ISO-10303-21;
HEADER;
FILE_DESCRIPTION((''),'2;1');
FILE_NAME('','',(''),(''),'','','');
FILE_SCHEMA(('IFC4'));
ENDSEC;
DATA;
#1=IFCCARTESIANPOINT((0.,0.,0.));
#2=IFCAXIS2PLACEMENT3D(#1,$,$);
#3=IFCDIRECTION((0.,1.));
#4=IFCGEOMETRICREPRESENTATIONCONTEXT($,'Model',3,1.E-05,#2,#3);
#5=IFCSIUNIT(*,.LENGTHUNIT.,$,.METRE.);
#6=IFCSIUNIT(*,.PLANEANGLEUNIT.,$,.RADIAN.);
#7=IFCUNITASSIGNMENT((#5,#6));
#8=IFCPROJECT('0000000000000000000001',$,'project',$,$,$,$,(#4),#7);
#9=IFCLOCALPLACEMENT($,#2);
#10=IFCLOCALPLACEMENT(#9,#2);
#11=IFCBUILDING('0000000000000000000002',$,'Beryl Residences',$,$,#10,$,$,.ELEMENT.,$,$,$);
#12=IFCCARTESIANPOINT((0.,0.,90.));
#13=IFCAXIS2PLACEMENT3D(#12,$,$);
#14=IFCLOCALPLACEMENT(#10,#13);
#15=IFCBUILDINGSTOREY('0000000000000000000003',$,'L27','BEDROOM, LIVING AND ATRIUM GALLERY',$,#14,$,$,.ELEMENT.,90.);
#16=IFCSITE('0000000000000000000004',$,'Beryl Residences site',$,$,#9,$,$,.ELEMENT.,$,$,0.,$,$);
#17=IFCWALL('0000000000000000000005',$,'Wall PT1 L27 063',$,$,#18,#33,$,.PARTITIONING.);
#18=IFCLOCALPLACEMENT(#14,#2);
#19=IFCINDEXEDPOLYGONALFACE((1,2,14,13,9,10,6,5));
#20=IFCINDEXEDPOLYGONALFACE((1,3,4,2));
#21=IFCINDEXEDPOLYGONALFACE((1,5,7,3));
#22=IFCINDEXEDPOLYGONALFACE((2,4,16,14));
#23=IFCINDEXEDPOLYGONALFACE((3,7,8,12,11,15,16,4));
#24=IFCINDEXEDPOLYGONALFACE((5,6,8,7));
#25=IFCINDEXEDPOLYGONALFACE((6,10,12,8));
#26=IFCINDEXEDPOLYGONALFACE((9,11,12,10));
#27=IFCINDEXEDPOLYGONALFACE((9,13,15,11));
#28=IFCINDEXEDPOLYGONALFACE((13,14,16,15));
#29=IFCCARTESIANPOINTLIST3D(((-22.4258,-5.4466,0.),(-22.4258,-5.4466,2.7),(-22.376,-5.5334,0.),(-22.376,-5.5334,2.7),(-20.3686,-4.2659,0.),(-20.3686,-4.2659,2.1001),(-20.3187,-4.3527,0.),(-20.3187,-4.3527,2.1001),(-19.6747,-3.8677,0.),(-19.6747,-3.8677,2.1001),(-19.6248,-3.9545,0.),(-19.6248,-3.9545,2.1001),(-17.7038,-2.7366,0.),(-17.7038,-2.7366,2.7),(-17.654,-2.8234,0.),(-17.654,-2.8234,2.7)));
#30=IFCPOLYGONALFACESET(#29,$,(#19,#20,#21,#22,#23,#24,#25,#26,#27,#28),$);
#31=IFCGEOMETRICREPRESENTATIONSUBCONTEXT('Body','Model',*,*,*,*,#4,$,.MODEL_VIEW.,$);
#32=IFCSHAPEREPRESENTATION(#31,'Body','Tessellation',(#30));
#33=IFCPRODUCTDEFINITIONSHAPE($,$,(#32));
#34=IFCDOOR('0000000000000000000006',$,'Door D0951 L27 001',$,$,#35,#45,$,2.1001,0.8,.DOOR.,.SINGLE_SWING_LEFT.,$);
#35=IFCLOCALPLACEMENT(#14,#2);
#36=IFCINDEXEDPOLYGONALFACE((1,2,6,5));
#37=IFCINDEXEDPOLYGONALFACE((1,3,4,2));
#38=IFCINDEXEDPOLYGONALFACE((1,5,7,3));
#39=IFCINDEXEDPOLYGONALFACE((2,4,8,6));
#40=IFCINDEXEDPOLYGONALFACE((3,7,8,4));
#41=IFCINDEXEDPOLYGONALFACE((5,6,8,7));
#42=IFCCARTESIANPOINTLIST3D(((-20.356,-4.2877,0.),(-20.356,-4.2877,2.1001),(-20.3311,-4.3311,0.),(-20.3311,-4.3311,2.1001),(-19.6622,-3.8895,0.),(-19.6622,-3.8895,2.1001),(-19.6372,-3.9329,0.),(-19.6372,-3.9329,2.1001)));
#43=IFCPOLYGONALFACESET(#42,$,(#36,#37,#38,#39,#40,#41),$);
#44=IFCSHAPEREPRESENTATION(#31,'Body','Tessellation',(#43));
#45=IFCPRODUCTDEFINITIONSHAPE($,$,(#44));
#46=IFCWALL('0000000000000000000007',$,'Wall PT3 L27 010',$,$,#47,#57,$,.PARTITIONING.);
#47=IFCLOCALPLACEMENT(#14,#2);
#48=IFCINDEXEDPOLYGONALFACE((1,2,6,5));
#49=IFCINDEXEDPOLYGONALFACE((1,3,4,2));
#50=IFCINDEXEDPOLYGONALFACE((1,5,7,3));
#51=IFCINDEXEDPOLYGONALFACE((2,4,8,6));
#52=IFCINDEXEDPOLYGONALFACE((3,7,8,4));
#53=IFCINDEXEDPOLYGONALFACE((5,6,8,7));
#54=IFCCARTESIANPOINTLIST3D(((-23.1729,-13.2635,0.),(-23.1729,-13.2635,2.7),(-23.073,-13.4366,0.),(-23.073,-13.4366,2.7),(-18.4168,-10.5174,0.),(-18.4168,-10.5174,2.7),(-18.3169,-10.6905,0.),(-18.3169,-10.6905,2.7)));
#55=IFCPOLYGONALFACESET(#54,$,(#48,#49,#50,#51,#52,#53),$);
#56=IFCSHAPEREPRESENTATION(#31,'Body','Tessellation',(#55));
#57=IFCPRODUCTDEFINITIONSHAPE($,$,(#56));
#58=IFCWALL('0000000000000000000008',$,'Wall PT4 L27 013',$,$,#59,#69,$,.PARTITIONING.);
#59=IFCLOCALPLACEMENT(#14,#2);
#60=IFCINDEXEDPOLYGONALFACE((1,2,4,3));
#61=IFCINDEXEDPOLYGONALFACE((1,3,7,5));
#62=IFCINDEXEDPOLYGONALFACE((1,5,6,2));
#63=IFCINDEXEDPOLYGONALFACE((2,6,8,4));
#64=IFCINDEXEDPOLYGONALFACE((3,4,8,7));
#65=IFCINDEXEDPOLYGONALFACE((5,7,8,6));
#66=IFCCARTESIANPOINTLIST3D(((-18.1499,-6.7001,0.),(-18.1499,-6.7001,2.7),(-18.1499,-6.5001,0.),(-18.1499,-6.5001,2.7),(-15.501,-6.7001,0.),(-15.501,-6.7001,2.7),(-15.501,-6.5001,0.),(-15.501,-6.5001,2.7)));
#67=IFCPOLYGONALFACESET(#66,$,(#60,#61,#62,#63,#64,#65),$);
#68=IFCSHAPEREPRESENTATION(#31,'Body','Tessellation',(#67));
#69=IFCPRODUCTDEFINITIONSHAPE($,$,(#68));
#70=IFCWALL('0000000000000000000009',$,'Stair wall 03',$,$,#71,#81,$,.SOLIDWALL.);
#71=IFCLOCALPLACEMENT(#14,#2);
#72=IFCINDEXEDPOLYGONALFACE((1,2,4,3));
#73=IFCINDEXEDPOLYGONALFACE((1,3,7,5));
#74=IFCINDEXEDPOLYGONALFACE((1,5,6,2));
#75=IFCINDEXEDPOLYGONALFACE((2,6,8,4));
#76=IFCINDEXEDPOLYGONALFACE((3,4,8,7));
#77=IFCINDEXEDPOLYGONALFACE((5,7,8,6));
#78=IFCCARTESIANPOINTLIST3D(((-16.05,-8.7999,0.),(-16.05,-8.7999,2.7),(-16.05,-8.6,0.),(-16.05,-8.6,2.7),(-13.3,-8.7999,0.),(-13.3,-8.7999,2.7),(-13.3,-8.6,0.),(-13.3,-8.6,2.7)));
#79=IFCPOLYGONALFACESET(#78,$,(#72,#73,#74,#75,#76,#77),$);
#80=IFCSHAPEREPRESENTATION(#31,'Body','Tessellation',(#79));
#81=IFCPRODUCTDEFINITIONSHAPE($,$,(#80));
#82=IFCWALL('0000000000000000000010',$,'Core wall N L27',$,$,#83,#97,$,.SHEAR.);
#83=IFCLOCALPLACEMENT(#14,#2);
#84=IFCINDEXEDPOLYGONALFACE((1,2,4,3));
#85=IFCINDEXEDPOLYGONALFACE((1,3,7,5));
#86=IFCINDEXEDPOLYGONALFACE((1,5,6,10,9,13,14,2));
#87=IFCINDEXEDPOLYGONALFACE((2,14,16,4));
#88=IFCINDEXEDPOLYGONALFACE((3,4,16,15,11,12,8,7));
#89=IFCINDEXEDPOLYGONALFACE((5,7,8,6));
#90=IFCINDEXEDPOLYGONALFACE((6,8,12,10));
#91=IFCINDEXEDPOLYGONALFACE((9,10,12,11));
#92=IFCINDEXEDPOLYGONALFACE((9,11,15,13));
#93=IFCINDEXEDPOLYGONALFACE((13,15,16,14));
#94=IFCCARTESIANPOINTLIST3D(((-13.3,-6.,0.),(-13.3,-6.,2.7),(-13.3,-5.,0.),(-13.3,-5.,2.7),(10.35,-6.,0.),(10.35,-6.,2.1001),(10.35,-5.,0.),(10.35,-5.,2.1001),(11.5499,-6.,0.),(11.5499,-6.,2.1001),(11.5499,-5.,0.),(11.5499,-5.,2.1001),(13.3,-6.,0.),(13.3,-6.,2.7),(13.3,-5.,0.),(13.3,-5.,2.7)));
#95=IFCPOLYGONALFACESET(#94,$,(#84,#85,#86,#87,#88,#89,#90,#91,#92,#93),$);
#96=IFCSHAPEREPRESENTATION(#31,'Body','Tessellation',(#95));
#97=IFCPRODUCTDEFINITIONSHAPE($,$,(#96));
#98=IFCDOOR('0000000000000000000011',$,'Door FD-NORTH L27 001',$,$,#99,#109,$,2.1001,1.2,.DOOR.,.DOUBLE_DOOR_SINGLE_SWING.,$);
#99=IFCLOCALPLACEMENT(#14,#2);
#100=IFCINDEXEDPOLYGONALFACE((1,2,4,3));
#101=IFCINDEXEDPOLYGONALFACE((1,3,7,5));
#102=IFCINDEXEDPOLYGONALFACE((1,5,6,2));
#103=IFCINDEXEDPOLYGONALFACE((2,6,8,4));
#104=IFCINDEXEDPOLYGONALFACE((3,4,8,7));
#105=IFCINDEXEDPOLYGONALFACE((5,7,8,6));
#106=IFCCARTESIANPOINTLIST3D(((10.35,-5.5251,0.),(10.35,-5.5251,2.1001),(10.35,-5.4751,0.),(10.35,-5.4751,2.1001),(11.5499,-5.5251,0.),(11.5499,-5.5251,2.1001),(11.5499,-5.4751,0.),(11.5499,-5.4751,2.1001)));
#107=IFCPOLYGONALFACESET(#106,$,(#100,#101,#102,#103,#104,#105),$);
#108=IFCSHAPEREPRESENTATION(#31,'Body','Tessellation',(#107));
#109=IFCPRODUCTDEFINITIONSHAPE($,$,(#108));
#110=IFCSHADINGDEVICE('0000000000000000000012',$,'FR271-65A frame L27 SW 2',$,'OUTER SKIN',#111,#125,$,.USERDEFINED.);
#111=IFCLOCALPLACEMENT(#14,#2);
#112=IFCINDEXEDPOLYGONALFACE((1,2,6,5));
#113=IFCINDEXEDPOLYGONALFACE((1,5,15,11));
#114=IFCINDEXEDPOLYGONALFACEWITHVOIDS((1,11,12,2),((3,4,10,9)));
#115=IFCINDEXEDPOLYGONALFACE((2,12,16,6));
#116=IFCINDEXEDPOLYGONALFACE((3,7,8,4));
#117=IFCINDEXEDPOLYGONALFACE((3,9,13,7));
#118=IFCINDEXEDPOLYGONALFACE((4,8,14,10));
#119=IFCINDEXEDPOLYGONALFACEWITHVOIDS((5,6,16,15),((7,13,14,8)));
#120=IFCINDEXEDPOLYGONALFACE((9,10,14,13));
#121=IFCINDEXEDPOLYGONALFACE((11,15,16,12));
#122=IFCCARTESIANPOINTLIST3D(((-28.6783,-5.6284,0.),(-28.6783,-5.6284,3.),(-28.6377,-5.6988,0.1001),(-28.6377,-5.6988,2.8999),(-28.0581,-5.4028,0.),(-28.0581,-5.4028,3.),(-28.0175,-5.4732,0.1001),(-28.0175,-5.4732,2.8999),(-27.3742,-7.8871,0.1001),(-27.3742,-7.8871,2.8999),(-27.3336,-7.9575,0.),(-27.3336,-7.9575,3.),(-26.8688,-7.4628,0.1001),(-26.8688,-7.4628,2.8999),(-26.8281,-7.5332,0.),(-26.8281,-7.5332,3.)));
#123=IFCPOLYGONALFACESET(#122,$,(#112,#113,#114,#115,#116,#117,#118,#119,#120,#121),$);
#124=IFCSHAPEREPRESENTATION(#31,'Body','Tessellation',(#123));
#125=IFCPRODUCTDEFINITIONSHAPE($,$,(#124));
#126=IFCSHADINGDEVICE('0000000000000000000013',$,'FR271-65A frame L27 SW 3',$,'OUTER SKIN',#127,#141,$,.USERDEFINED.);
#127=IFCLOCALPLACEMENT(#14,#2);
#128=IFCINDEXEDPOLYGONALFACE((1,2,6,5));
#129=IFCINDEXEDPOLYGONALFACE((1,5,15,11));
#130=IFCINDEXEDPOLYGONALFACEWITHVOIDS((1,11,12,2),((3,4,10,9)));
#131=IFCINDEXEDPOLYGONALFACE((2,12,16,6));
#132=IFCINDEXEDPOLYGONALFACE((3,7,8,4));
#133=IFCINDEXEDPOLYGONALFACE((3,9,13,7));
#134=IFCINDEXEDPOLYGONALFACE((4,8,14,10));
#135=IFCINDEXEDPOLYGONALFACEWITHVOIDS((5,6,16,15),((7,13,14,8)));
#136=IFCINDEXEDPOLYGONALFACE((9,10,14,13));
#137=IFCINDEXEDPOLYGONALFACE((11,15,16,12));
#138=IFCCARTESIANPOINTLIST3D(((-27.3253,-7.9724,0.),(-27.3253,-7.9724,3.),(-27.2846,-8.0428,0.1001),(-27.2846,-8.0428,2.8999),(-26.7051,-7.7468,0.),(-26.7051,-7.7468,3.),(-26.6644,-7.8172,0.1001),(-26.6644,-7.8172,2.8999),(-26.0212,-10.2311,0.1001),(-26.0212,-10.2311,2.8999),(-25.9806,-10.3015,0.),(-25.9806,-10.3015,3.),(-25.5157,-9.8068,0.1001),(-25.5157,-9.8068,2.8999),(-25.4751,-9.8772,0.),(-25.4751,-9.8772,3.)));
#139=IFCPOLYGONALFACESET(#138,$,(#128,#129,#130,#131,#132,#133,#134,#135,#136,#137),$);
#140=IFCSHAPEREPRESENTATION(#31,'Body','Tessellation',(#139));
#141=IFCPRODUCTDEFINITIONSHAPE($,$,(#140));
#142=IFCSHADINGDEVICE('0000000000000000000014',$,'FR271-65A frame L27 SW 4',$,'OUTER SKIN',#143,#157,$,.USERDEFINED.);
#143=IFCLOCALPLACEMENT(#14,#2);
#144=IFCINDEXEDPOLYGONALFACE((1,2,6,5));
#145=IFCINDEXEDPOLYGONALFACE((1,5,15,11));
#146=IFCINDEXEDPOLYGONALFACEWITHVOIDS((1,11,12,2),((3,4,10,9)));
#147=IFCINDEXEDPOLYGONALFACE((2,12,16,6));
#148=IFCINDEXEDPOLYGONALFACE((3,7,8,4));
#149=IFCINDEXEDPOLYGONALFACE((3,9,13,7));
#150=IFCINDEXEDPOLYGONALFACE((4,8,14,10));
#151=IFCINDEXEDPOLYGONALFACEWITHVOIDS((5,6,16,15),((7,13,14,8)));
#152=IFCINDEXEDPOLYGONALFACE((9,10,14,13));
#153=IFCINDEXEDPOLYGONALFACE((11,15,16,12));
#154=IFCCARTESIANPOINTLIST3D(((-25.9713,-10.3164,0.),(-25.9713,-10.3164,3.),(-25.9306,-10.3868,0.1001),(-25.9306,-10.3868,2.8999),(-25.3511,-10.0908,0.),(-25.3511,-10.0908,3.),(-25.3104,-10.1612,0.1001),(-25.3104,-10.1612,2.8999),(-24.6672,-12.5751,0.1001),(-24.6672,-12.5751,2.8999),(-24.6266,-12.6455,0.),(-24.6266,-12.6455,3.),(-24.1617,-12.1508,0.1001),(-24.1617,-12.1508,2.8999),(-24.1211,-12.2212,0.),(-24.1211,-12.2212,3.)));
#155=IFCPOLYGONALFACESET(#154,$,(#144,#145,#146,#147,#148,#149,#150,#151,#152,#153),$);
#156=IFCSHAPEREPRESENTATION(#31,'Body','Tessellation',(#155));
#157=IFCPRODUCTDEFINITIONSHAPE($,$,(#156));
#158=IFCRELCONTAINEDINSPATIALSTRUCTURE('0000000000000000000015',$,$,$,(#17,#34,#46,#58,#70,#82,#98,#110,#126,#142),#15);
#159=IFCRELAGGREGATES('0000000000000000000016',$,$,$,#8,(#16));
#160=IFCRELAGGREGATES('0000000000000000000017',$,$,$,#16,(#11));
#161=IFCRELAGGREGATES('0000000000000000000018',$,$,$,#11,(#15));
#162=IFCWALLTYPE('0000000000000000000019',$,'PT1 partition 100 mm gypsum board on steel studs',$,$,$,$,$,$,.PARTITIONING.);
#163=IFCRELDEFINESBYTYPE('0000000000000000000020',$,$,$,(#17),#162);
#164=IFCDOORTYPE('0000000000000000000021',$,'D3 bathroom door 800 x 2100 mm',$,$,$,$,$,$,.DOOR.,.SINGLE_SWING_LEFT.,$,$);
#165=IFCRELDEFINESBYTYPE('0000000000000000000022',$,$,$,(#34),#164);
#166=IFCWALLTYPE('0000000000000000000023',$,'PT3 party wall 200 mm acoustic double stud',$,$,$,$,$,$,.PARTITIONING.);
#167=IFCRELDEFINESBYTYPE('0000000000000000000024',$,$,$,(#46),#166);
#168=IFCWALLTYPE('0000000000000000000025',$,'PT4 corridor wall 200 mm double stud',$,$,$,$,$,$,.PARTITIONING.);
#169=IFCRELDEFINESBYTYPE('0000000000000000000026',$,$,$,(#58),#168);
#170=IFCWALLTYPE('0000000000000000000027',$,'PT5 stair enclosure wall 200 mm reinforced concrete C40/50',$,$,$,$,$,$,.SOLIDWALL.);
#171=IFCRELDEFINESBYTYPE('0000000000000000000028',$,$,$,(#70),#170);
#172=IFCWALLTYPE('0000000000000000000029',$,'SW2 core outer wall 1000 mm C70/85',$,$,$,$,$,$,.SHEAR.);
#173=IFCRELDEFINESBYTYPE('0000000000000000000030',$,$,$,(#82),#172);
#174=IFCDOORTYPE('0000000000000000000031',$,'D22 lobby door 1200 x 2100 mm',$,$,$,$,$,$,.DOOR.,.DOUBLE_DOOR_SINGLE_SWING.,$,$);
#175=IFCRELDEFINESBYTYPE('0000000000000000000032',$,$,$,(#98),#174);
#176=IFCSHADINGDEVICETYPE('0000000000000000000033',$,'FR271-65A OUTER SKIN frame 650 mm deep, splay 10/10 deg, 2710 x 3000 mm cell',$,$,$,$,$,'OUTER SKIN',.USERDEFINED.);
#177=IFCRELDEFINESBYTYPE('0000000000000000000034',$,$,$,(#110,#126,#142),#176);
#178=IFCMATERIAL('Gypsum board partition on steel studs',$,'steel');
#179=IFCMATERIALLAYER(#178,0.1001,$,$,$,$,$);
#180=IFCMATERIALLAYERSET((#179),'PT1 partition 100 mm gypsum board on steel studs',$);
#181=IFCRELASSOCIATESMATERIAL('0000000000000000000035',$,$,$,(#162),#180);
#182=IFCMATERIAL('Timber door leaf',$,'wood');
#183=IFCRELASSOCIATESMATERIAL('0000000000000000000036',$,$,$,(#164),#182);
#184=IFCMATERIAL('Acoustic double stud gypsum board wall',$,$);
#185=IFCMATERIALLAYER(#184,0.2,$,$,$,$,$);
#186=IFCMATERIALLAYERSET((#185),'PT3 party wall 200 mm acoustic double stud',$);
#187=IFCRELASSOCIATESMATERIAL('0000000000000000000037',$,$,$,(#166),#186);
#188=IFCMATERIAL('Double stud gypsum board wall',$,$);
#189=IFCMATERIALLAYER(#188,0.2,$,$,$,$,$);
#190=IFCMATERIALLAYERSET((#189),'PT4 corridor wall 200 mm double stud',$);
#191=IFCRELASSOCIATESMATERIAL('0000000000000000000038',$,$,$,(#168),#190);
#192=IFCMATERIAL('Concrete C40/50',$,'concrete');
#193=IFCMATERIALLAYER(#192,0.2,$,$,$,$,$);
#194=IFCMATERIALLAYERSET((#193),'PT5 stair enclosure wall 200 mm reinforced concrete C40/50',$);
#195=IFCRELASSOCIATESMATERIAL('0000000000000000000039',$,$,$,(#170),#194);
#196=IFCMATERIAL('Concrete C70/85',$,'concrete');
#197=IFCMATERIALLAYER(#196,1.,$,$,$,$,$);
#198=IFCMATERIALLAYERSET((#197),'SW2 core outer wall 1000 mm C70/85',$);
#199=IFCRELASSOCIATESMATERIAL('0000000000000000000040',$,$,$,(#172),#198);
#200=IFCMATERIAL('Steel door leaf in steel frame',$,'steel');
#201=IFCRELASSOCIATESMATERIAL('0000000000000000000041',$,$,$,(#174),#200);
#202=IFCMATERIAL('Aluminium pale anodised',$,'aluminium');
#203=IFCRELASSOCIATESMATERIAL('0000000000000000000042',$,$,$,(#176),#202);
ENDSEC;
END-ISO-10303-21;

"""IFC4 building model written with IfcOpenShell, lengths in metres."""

from ifc_helpers import new_model, entity, si_unit, direction, frame, frame_2d, origin, place, context, subcontext, project, spatial, rectangle, extrude, source, transform, mapped, material, layer, layer_set, type_object, type_shapes, element, fill, save


model = new_model("IFC4")

# Units and contexts
model_context = context("Model", 3, precision=1e-05, world=origin(), true_north=direction((0.0, 1.0)))
body_context = subcontext(model_context, "Body", "Model", "MODEL_VIEW")
ifc_project = project(units=[si_unit("LENGTHUNIT", "METRE"), si_unit("PLANEANGLEUNIT", "RADIAN")], contexts=[model_context])

# Site, building, storey
site_placement = place(None, origin())
site = spatial("IfcSite", under=ifc_project, at=site_placement, Name="Beryl Residences site", CompositionType="ELEMENT", RefElevation=0.0)
building_placement = place(site_placement, origin())
building = spatial("IfcBuilding", under=site, at=building_placement, Name="Beryl Residences", CompositionType="ELEMENT")
storey_placement = place(building_placement, frame((0.0, 0.0, 90.0)))
storey = spatial("IfcBuildingStorey", under=building, at=storey_placement, Name="L27", Description="BEDROOM, LIVING AND ATRIUM GALLERY", CompositionType="ELEMENT", Elevation=90.0)

# Shared definitions
ifc_material_1 = material(Name="Gypsum board partition on steel studs", Category="steel")
ifc_layer_1 = layer(ifc_material_1, 0.1001)
ifc_layer_set_1 = layer_set([ifc_layer_1], Name="PT1 partition 100 mm gypsum board on steel studs")
wall_type_1 = type_object("IfcWallType", Name="PT1 partition 100 mm gypsum board on steel studs", PredefinedType="PARTITIONING", material=ifc_layer_set_1)

# Shared definitions
ifc_material_2 = material(Name="Timber door leaf", Category="wood")
door_type_1 = type_object("IfcDoorType", Name="D3 bathroom door 800 x 2100 mm", OperationType="SINGLE_SWING_LEFT", PredefinedType="DOOR", material=ifc_material_2)

# Wall, opening, door
wall_1_placement = place(storey_placement, frame((-22.4009, -5.49, 0.0), z_axis=(0.0, 0.0, 1.0), x_axis=(0.867314, 0.497761, 0.0)))
wall_1 = element("IfcWall", 1, at=wall_1_placement, inside=storey, type_object=wall_type_1, Name="Wall PT1 L27 063", PredefinedType="PARTITIONING", context=body_context, shape_type="SweptSolid", body=[
    extrude(rectangle(XDim=5.4443, YDim=0.1001, at=frame_2d((2.7222, 0.0))), origin(), (0.0, 0.0, 1.0), 2.7),
])
opening_1_placement = place(wall_1_placement, frame((2.3721, 0.0, 0.0)))
opening_1 = element("IfcOpeningElement", 2, at=opening_1_placement, cuts=wall_1, PredefinedType="OPENING", context=body_context, shape_type="SweptSolid", body=[
    extrude(rectangle(XDim=0.8, YDim=2.1001, at=frame_2d((0.3999, 1.05))), frame((0.0, 0.0601, 0.0), z_axis=(0.0, -1.0, 0.0), x_axis=(1.0, 0.0, 0.0)), (0.0, 0.0, 1.0), 0.1201),
])
door_1_placement = place(opening_1_placement, origin())
door_1 = element("IfcDoor", 3, at=door_1_placement, inside=storey, type_object=door_type_1, Name="Door D0951 L27 001", OperationType="SINGLE_SWING_LEFT", OverallHeight=2.1001, OverallWidth=0.8, PredefinedType="DOOR", context=body_context, shape_type="SweptSolid", body=[
    extrude(rectangle(XDim=0.8, YDim=2.1001, at=frame_2d((0.3999, 1.05))), frame((0.0, 0.0249, 0.0), z_axis=(0.0, -1.0, 0.0), x_axis=(1.0, 0.0, 0.0)), (0.0, 0.0, 1.0), 0.05),
])
fill(opening_1, door_1)

# Walls
ifc_material_3 = material(Name="Acoustic double stud gypsum board wall")
ifc_layer_2 = layer(ifc_material_3, 0.2)
ifc_layer_set_2 = layer_set([ifc_layer_2], Name="PT3 party wall 200 mm acoustic double stud")
wall_type_2 = type_object("IfcWallType", Name="PT3 party wall 200 mm acoustic double stud", PredefinedType="PARTITIONING", material=ifc_layer_set_2)
wall_2_placement = place(storey_placement, frame((-23.123, -13.3501, 0.0), z_axis=(0.0, 0.0, 1.0), x_axis=(0.866013, 0.500021, 0.0)))
element("IfcWall", 4, at=wall_2_placement, inside=storey, type_object=wall_type_2, Name="Wall PT3 L27 010", PredefinedType="PARTITIONING", context=body_context, shape_type="SweptSolid", body=[
    extrude(rectangle(XDim=5.4919, YDim=0.2, at=frame_2d((2.7461, 0.0))), origin(), (0.0, 0.0, 1.0), 2.7),
])
ifc_material_4 = material(Name="Double stud gypsum board wall")
ifc_layer_3 = layer(ifc_material_4, 0.2)
ifc_layer_set_3 = layer_set([ifc_layer_3], Name="PT4 corridor wall 200 mm double stud")
wall_type_3 = type_object("IfcWallType", Name="PT4 corridor wall 200 mm double stud", PredefinedType="PARTITIONING", material=ifc_layer_set_3)
wall_3_placement = place(storey_placement, frame((-18.1499, -6.6001, 0.0), z_axis=(0.0, 0.0, 1.0), x_axis=(1.0, 0.0, 0.0)))
element("IfcWall", 5, at=wall_3_placement, inside=storey, type_object=wall_type_3, Name="Wall PT4 L27 013", PredefinedType="PARTITIONING", context=body_context, shape_type="SweptSolid", body=[
    extrude(rectangle(XDim=2.6489, YDim=0.2, at=frame_2d((1.3245, 0.0))), origin(), (0.0, 0.0, 1.0), 2.7),
])
ifc_material_5 = material(Name="Concrete C40/50", Category="concrete")
ifc_layer_4 = layer(ifc_material_5, 0.2)
ifc_layer_set_4 = layer_set([ifc_layer_4], Name="PT5 stair enclosure wall 200 mm reinforced concrete C40/50")
wall_type_4 = type_object("IfcWallType", Name="PT5 stair enclosure wall 200 mm reinforced concrete C40/50", PredefinedType="SOLIDWALL", material=ifc_layer_set_4)
wall_4_placement = place(storey_placement, frame((-16.05, -8.7, 0.0), z_axis=(0.0, 0.0, 1.0), x_axis=(1.0, 0.0, 0.0)))
element("IfcWall", 6, at=wall_4_placement, inside=storey, type_object=wall_type_4, Name="Stair wall 03", PredefinedType="SOLIDWALL", context=body_context, shape_type="SweptSolid", body=[
    extrude(rectangle(XDim=2.75, YDim=0.2, at=frame_2d((1.375, 0.0))), origin(), (0.0, 0.0, 1.0), 2.7),
])

# Wall, opening, door
ifc_material_6 = material(Name="Concrete C70/85", Category="concrete")
ifc_layer_5 = layer(ifc_material_6, 1.0)
ifc_layer_set_5 = layer_set([ifc_layer_5], Name="SW2 core outer wall 1000 mm C70/85")
wall_type_5 = type_object("IfcWallType", Name="SW2 core outer wall 1000 mm C70/85", PredefinedType="SHEAR", material=ifc_layer_set_5)
wall_5_placement = place(storey_placement, frame((-13.3, -5.5, 0.0), z_axis=(0.0, 0.0, 1.0), x_axis=(1.0, 0.0, 0.0)))
wall_5 = element("IfcWall", 7, at=wall_5_placement, inside=storey, type_object=wall_type_5, Name="Core wall N L27", PredefinedType="SHEAR", context=body_context, shape_type="SweptSolid", body=[
    extrude(rectangle(XDim=26.6001, YDim=1.0, at=frame_2d((13.3, 0.0))), origin(), (0.0, 0.0, 1.0), 2.7),
])
opening_2_placement = place(wall_5_placement, frame((23.6499, 0.0, 0.0)))
opening_2 = element("IfcOpeningElement", 8, at=opening_2_placement, cuts=wall_5, PredefinedType="OPENING", context=body_context, shape_type="SweptSolid", body=[
    extrude(rectangle(XDim=1.2, YDim=2.1001, at=frame_2d((0.6001, 1.05))), frame((0.0, 0.51, 0.0), z_axis=(0.0, -1.0, 0.0), x_axis=(1.0, 0.0, 0.0)), (0.0, 0.0, 1.0), 1.02),
])
ifc_material_7 = material(Name="Steel door leaf in steel frame", Category="steel")
door_type_2 = type_object("IfcDoorType", Name="D22 lobby door 1200 x 2100 mm", OperationType="DOUBLE_DOOR_SINGLE_SWING", PredefinedType="DOOR", material=ifc_material_7)
door_2_placement = place(opening_2_placement, origin())
door_2 = element("IfcDoor", 9, at=door_2_placement, inside=storey, type_object=door_type_2, Name="Door FD-NORTH L27 001", OperationType="DOUBLE_DOOR_SINGLE_SWING", OverallHeight=2.1001, OverallWidth=1.2, PredefinedType="DOOR", context=body_context, shape_type="SweptSolid", body=[
    extrude(rectangle(XDim=1.2, YDim=2.1001, at=frame_2d((0.6001, 1.05))), frame((0.0, 0.0249, 0.0), z_axis=(0.0, -1.0, 0.0), x_axis=(1.0, 0.0, 0.0)), (0.0, 0.0, 1.0), 0.05),
])
fill(opening_2, door_2)

# Shading devices
ifc_material_8 = material(Name="Aluminium pale anodised", Category="aluminium")
shading_device_type = type_object("IfcShadingDeviceType", Name="FR271-65A OUTER SKIN frame 650 mm deep, splay 10/10 deg, 2710 x 3000 mm cell", ElementType="OUTER SKIN", PredefinedType="USERDEFINED", material=ifc_material_8)
cartesian_point_1 = entity("IfcCartesianPoint", [-1.23, 0.0])
cartesian_point_2 = entity("IfcCartesianPoint", [-1.1487, 0.1001])
cartesian_point_3 = entity("IfcCartesianPoint", [-1.3447, 0.0])
cartesian_point_4 = entity("IfcCartesianPoint", [-1.2634, 0.1001])
shared_shape = source(origin(), body_context, "Body", "SweptSolid", [
    entity("IfcExtrudedAreaSolidTapered", entity("IfcArbitraryProfileDefWithVoids", "AREA", None, entity("IfcPolyline", [cartesian_point_1, entity("IfcCartesianPoint", [1.23, 0.0]), entity("IfcCartesianPoint", [1.23, 3.0]), entity("IfcCartesianPoint", [-1.23, 3.0]), cartesian_point_1]), [entity("IfcPolyline", [cartesian_point_2, entity("IfcCartesianPoint", [1.1487, 0.1001]), entity("IfcCartesianPoint", [1.1487, 2.8999]), entity("IfcCartesianPoint", [-1.1487, 2.8999]), cartesian_point_2])]), entity("IfcAxis2Placement3D", entity("IfcCartesianPoint", [0.0, 0.0, 0.0]), entity("IfcDirection", [0.0, 1.0, 0.0]), entity("IfcDirection", [-1.0, 0.0, 0.0])), entity("IfcDirection", [0.0, 0.0, 1.0]), 0.6499, entity("IfcArbitraryProfileDefWithVoids", "AREA", None, entity("IfcPolyline", [cartesian_point_3, entity("IfcCartesianPoint", [1.3447, 0.0]), entity("IfcCartesianPoint", [1.3447, 3.0]), entity("IfcCartesianPoint", [-1.3447, 3.0]), cartesian_point_3]), [entity("IfcPolyline", [cartesian_point_4, entity("IfcCartesianPoint", [1.2634, 0.1001]), entity("IfcCartesianPoint", [1.2634, 2.8999]), entity("IfcCartesianPoint", [-1.2634, 2.8999]), cartesian_point_4])])),
])
type_shapes(shading_device_type, [shared_shape])
for number, where, z_axis, x_axis, name in (
    (10, (-27.4431, -6.468, 0.0), (0.0, 0.0, 1.0), (-0.5, 0.866025, 0.0), "FR271-65A frame L27 SW 2"),
    (11, (-26.0901, -8.812, 0.0), (0.0, 0.0, 1.0), (-0.5, 0.866025, 0.0), "FR271-65A frame L27 SW 3"),
    (12, (-24.7361, -11.156, 0.0), (0.0, 0.0, 1.0), (-0.5, 0.866025, 0.0), "FR271-65A frame L27 SW 4"),
):
    element("IfcShadingDevice", number, at=place(storey_placement, frame(where, z_axis=z_axis, x_axis=x_axis)), inside=storey, type_object=shading_device_type, Name=name, ObjectType="OUTER SKIN", PredefinedType="USERDEFINED", context=body_context, shape_type="MappedRepresentation", body=[
        mapped(shared_shape, transform((0.0, 0.0, 0.0))),
    ])

save(model, "model.ifc")
